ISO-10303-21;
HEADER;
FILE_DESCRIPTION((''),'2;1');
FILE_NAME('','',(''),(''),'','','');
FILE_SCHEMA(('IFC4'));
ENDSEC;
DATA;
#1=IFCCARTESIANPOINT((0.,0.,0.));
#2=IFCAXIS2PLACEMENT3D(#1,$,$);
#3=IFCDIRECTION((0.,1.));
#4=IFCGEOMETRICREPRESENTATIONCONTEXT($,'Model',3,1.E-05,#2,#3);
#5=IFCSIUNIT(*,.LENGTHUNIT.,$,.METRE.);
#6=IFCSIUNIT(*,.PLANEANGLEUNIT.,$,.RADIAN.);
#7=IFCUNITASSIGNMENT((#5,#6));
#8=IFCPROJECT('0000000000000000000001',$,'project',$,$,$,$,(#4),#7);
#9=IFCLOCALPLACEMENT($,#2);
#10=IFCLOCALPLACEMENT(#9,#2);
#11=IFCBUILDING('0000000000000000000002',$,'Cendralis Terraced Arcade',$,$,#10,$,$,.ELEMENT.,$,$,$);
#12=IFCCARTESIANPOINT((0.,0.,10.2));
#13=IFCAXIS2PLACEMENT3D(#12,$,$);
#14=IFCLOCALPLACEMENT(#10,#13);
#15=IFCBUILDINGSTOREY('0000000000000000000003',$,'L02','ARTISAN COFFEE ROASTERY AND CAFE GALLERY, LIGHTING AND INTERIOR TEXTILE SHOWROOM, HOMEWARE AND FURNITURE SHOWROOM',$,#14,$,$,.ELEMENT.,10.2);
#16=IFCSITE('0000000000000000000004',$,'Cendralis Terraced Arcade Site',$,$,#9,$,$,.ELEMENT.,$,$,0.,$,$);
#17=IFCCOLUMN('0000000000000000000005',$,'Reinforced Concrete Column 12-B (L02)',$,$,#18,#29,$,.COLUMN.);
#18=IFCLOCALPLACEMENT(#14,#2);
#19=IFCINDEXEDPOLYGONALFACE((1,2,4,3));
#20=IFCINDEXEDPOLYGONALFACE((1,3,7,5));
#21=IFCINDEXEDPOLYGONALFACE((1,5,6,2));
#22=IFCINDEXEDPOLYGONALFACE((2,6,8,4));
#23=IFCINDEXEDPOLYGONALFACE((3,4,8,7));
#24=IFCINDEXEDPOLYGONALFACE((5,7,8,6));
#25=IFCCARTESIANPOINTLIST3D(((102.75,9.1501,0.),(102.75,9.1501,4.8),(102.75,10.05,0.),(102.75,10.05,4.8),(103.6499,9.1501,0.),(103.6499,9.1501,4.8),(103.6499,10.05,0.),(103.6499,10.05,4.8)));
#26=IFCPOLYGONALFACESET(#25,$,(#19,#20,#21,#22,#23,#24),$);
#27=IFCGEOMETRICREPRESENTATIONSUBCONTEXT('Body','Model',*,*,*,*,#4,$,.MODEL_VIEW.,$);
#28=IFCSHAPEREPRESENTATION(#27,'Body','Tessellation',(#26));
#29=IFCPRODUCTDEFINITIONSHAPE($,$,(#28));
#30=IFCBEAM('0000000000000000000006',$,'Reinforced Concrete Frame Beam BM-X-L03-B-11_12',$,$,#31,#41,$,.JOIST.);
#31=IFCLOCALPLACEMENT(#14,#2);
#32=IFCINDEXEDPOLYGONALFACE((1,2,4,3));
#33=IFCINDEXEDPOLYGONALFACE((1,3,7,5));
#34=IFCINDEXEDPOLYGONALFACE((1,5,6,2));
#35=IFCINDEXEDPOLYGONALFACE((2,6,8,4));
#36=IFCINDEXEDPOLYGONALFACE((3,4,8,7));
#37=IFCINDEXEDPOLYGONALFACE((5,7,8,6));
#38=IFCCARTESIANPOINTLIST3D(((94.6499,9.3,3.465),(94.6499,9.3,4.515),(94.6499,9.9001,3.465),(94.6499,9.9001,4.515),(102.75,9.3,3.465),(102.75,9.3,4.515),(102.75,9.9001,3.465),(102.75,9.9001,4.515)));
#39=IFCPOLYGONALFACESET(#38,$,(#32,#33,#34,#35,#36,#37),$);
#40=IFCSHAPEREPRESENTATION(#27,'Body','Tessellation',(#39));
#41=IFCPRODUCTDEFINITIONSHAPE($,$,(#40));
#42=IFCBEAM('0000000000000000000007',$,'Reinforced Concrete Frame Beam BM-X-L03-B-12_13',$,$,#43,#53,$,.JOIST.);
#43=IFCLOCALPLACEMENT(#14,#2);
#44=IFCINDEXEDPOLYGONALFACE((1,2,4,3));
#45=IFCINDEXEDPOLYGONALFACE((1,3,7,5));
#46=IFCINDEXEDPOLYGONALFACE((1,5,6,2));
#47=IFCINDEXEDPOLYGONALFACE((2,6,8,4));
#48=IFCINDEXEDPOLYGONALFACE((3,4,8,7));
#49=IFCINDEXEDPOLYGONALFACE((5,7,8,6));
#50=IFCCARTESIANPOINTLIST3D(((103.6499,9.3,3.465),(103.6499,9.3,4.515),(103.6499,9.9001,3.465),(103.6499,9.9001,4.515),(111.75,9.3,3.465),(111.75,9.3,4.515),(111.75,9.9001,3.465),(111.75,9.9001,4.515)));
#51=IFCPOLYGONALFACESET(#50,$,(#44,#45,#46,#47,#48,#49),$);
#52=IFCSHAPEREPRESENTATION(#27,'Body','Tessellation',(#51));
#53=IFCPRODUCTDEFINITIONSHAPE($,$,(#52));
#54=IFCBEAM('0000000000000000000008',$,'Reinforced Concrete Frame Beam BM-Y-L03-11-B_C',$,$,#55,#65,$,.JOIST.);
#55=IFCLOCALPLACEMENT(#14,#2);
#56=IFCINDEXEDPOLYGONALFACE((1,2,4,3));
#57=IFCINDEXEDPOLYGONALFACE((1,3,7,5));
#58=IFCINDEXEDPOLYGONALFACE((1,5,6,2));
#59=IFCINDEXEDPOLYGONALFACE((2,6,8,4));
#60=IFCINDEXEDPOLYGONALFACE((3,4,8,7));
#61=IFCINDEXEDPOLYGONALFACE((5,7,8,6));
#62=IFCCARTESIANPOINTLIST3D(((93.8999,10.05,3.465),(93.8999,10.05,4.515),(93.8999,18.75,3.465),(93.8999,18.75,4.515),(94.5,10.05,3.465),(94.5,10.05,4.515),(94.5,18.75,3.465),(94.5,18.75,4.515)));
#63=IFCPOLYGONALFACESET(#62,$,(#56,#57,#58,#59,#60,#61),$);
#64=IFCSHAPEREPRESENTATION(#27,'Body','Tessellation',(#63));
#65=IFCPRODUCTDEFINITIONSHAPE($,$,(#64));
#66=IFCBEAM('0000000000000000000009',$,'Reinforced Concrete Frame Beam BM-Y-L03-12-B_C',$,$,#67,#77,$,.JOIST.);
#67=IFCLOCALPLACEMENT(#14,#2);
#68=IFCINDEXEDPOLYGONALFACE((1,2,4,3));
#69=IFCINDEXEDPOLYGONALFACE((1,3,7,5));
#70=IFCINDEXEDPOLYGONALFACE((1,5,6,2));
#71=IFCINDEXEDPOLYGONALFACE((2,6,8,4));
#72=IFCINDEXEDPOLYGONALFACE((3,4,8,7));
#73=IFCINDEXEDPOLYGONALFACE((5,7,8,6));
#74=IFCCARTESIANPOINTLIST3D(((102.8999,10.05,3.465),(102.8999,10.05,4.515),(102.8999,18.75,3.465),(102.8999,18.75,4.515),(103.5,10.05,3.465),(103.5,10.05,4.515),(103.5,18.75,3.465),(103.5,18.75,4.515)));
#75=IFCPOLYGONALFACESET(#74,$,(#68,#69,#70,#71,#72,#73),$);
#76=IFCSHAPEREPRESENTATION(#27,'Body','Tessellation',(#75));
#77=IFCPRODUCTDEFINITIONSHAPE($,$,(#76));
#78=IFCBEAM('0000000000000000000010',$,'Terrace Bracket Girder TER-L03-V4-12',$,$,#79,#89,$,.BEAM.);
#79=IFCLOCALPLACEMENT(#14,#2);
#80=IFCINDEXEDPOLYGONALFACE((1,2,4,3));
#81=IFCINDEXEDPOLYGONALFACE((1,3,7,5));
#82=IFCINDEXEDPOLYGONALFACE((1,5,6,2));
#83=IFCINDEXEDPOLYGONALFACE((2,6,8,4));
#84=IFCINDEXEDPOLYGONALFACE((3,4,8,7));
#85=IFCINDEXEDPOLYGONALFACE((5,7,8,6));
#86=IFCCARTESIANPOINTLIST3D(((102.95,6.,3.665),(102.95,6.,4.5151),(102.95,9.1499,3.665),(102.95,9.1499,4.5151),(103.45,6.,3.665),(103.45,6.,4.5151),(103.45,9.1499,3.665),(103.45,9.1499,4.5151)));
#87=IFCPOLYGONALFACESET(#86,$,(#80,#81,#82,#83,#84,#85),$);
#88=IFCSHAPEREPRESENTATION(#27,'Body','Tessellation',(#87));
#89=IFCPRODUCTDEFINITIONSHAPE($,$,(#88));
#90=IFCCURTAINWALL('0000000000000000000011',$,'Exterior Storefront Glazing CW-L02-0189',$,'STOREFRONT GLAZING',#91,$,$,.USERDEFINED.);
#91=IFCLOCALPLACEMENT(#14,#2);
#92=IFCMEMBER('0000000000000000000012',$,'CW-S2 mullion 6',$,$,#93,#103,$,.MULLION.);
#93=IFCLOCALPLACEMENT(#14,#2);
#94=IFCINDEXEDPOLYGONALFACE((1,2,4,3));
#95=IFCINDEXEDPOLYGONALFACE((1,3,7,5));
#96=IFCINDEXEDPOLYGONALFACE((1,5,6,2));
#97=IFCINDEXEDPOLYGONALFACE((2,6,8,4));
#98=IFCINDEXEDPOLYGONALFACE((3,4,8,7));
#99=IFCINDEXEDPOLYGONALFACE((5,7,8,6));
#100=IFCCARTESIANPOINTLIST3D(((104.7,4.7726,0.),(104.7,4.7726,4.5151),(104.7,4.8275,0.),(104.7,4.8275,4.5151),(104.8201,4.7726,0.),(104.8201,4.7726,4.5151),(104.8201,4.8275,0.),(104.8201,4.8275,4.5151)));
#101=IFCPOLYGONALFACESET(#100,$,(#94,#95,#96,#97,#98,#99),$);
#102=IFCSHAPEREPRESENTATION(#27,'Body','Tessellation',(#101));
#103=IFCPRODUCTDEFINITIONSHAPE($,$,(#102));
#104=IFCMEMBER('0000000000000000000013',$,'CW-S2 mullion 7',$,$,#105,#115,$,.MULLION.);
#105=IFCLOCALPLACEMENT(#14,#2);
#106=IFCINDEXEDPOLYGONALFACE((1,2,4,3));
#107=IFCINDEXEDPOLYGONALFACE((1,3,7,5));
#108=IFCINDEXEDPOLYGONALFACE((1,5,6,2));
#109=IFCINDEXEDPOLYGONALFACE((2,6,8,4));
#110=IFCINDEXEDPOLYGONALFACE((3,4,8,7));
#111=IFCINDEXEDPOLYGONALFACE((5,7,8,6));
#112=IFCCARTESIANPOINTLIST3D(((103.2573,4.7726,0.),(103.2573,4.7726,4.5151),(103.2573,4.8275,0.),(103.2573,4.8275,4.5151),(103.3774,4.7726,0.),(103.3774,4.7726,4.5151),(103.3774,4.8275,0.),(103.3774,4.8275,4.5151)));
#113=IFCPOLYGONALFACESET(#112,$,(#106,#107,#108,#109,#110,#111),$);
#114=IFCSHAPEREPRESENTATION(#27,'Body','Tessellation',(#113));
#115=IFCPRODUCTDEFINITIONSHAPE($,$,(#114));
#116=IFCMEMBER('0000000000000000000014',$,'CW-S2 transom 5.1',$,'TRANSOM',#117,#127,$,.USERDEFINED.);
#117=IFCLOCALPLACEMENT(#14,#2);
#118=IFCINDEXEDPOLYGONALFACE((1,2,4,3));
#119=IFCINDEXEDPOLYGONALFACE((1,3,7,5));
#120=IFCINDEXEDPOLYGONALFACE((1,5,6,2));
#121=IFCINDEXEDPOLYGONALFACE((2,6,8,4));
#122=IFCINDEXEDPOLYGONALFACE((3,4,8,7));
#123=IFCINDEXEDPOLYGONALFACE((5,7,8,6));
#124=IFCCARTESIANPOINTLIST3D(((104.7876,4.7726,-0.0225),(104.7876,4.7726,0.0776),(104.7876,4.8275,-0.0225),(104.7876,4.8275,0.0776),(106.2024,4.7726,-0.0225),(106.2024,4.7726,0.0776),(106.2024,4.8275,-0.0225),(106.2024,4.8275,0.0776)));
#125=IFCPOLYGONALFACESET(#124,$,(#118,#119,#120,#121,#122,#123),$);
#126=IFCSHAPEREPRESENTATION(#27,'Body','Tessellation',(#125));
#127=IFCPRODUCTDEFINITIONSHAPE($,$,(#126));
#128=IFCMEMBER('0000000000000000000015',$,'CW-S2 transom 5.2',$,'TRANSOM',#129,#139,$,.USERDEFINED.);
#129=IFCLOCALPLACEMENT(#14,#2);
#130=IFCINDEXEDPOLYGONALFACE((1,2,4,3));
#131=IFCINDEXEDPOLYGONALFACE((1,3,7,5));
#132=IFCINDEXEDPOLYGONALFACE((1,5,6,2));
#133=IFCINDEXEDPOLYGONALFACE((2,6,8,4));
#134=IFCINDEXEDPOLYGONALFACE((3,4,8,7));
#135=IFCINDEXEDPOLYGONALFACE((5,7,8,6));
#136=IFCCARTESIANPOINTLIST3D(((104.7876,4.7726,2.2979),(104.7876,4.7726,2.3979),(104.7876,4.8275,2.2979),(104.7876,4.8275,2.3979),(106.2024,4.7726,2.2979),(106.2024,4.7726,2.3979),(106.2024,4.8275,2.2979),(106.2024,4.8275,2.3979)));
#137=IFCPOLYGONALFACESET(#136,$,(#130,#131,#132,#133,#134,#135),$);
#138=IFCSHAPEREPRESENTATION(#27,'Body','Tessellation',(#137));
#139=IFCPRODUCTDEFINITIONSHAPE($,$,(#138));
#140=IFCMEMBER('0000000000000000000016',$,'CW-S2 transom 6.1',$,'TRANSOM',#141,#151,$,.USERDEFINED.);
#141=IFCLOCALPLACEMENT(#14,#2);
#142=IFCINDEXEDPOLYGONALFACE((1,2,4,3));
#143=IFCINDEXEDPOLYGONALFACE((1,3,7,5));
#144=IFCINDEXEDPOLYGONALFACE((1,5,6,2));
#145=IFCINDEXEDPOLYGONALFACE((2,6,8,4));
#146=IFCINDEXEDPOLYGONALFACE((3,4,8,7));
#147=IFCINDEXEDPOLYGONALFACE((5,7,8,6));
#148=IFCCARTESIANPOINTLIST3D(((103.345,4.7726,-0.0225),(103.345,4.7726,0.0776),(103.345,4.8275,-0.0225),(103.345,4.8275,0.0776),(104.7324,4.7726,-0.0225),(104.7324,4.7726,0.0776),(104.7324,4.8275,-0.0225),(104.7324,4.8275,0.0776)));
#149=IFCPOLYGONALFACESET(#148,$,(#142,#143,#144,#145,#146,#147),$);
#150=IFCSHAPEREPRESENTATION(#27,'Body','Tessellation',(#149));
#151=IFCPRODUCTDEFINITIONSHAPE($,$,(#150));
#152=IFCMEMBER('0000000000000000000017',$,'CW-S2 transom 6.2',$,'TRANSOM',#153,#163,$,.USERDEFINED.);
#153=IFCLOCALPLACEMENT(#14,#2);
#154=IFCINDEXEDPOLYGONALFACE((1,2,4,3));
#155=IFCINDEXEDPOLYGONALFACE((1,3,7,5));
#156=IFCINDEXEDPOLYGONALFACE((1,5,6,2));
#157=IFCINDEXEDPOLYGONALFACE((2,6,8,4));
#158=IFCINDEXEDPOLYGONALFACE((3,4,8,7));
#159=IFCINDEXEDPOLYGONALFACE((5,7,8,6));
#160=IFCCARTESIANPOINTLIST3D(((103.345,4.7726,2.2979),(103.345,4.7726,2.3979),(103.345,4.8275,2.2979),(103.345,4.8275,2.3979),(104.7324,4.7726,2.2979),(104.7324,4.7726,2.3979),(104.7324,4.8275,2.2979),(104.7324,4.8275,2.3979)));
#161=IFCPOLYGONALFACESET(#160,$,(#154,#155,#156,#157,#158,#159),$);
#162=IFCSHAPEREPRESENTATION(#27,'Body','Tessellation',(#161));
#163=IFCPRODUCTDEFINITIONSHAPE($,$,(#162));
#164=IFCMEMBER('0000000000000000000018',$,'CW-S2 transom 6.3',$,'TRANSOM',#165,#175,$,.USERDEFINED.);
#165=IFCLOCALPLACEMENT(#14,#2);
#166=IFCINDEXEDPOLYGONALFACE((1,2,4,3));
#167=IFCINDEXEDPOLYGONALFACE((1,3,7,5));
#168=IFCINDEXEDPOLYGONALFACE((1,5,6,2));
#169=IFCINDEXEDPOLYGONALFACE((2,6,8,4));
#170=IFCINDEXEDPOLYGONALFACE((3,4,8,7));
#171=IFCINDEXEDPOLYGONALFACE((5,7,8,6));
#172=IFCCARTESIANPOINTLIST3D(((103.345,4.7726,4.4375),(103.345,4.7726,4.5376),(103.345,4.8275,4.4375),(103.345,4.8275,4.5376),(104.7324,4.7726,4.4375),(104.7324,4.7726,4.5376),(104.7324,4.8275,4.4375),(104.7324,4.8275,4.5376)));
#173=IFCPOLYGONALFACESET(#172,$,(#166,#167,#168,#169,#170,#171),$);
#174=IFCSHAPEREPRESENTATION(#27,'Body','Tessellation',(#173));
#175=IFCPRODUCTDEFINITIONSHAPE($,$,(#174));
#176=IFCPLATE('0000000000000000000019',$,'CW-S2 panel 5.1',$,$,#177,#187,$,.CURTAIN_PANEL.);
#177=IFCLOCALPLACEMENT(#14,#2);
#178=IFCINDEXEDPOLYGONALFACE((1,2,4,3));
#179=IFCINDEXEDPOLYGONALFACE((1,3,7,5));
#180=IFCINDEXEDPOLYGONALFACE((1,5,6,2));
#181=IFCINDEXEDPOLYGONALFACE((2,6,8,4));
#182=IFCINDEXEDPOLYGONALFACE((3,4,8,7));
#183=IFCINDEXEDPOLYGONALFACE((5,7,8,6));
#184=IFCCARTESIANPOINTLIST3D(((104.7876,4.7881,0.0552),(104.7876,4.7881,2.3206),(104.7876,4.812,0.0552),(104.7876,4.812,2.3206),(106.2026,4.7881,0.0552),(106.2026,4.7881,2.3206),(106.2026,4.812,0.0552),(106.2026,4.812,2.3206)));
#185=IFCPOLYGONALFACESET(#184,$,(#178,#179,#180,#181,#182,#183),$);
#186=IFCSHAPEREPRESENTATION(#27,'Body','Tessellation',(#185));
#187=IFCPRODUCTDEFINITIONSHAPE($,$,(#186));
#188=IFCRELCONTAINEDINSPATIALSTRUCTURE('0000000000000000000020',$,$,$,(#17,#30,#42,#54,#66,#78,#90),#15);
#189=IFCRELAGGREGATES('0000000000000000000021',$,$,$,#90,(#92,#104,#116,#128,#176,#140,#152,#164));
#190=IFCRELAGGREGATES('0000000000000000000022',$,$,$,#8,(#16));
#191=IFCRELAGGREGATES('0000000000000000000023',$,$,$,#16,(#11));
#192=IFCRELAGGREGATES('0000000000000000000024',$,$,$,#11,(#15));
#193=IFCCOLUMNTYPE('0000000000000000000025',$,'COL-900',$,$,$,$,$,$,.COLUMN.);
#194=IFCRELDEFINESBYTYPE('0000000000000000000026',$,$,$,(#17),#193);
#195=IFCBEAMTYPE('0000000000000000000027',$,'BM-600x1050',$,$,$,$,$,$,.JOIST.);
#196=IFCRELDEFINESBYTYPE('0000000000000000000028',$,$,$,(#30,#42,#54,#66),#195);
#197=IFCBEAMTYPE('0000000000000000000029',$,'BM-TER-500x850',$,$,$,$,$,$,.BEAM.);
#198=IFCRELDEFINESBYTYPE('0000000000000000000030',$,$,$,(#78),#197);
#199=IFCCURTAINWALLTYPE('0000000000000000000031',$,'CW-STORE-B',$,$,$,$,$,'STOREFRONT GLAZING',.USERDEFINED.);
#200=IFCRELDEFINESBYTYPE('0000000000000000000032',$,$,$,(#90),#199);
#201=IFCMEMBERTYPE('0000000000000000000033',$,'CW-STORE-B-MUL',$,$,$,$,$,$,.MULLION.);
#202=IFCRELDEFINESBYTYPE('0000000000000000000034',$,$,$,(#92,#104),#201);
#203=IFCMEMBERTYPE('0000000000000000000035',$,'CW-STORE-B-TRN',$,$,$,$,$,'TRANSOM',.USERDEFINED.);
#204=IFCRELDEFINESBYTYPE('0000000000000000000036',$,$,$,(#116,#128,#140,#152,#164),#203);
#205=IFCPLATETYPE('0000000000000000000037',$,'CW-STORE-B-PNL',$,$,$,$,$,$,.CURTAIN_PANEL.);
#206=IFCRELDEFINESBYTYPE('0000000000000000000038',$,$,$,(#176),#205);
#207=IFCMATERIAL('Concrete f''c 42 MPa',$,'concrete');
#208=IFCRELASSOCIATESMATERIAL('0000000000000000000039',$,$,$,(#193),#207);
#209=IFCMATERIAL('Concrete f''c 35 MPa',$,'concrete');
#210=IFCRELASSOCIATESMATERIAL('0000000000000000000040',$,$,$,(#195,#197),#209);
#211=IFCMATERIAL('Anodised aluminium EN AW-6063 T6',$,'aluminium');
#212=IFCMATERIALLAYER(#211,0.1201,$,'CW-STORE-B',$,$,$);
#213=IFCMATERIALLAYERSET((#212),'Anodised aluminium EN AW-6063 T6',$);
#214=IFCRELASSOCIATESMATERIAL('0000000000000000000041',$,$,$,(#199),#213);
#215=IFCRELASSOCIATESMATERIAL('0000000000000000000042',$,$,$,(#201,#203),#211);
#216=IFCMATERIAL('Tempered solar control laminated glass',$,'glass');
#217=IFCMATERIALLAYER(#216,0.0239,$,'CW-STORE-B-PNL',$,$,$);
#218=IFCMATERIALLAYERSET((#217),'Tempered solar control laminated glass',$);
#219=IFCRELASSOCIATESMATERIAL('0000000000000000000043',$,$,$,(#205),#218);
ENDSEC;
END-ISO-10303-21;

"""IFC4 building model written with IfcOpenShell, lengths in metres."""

from ifc_helpers import new_model, si_unit, direction, frame, origin, origin_2d, place, context, subcontext, project, spatial, rectangle, extrude, material, layer, layer_set, material_profile, profile_set, type_object, element, aggregate, save


model = new_model("IFC4")

# Units and contexts
model_context = context("Model", 3, precision=1e-05, world=origin(), true_north=direction((0.0, 1.0)))
body_context = subcontext(model_context, "Body", "Model", "MODEL_VIEW")
ifc_project = project(units=[si_unit("LENGTHUNIT", "METRE"), si_unit("PLANEANGLEUNIT", "RADIAN")], contexts=[model_context])

# Site, building, storey
site_placement = place(None, origin())
site = spatial("IfcSite", under=ifc_project, at=site_placement, Name="Cendralis Terraced Arcade Site", CompositionType="ELEMENT", RefElevation=0.0)
building_placement = place(site_placement, origin())
building = spatial("IfcBuilding", under=site, at=building_placement, Name="Cendralis Terraced Arcade", CompositionType="ELEMENT")
storey_placement = place(building_placement, frame((0.0, 0.0, 10.2)))
storey = spatial("IfcBuildingStorey", under=building, at=storey_placement, Name="L02", Description="ARTISAN COFFEE ROASTERY AND CAFE GALLERY, LIGHTING AND INTERIOR TEXTILE SHOWROOM, HOMEWARE AND FURNITURE SHOWROOM", CompositionType="ELEMENT", Elevation=10.2)

# Column
ifc_material_1 = material(Name="Concrete f'c 42 MPa", Category="concrete")
ifc_material_profile_1 = material_profile(ifc_material_1, rectangle(XDim=0.8999, YDim=0.8999, at=origin_2d()), Name="RC-COL-900x900", Category="LoadBearing")
ifc_profile_set_1 = profile_set([ifc_material_profile_1], Name="Concrete f'c 42 MPa")
column_type = type_object("IfcColumnType", Name="COL-900", PredefinedType="COLUMN", material=ifc_profile_set_1)
column_placement = place(storey_placement, frame((103.2, 9.6001, 0.0), z_axis=(0.0, 0.0, 1.0), x_axis=(1.0, 0.0, 0.0)))
element("IfcColumn", 1, at=column_placement, inside=storey, type_object=column_type, Name="Reinforced Concrete Column 12-B (L02)", PredefinedType="COLUMN", context=body_context, shape_type="SweptSolid", body=[
    extrude(rectangle(XDim=0.8999, YDim=0.8999, at=origin_2d()), origin(), (0.0, 0.0, 1.0), 4.8),
])

# Beams
ifc_material_2 = material(Name="Concrete f'c 35 MPa", Category="concrete")
ifc_material_profile_2 = material_profile(ifc_material_2, rectangle(XDim=0.6001, YDim=1.05, at=origin_2d()), Name="RC-BM-600x1050", Category="LoadBearing")
ifc_profile_set_2 = profile_set([ifc_material_profile_2], Name="Concrete f'c 35 MPa")
beam_type_1 = type_object("IfcBeamType", Name="BM-600x1050", PredefinedType="JOIST", material=ifc_profile_set_2)
for number, where, z_axis, x_axis, name in (
    (2, (94.6499, 9.6001, 3.99), (1.0, 0.0, 0.0), (0.0, 1.0, 0.0), "Reinforced Concrete Frame Beam BM-X-L03-B-11_12"),
    (3, (103.6499, 9.6001, 3.99), (1.0, 0.0, 0.0), (0.0, 1.0, 0.0), "Reinforced Concrete Frame Beam BM-X-L03-B-12_13"),
):
    element("IfcBeam", number, at=place(storey_placement, frame(where, z_axis=z_axis, x_axis=x_axis)), inside=storey, type_object=beam_type_1, Name=name, PredefinedType="JOIST", context=body_context, shape_type="SweptSolid", body=[
        extrude(rectangle(XDim=0.6001, YDim=1.05, at=origin_2d()), origin(), (0.0, 0.0, 1.0), 8.1001),
    ])
for number, where, z_axis, x_axis, name in (
    (4, (94.2, 10.05, 3.99), (0.0, 1.0, 0.0), (-1.0, 0.0, 0.0), "Reinforced Concrete Frame Beam BM-Y-L03-11-B_C"),
    (5, (103.2, 10.05, 3.99), (0.0, 1.0, 0.0), (-1.0, 0.0, 0.0), "Reinforced Concrete Frame Beam BM-Y-L03-12-B_C"),
):
    element("IfcBeam", number, at=place(storey_placement, frame(where, z_axis=z_axis, x_axis=x_axis)), inside=storey, type_object=beam_type_1, Name=name, PredefinedType="JOIST", context=body_context, shape_type="SweptSolid", body=[
        extrude(rectangle(XDim=0.6001, YDim=1.05, at=origin_2d()), origin(), (0.0, 0.0, 1.0), 8.7),
    ])
ifc_material_profile_3 = material_profile(ifc_material_2, rectangle(XDim=0.5, YDim=0.8501, at=origin_2d()), Name="RC-BM-500x850", Category="LoadBearing")
ifc_profile_set_3 = profile_set([ifc_material_profile_3], Name="Concrete f'c 35 MPa")
beam_type_2 = type_object("IfcBeamType", Name="BM-TER-500x850", PredefinedType="BEAM", material=ifc_profile_set_3)
beam_placement = place(storey_placement, frame((103.2, 9.1499, 4.0901), z_axis=(0.0, -1.0, 0.0), x_axis=(1.0, 0.0, 0.0)))
element("IfcBeam", 6, at=beam_placement, inside=storey, type_object=beam_type_2, Name="Terrace Bracket Girder TER-L03-V4-12", PredefinedType="BEAM", context=body_context, shape_type="SweptSolid", body=[
    extrude(rectangle(XDim=0.5, YDim=0.8501, at=origin_2d()), origin(), (0.0, 0.0, 1.0), 3.1499),
])

# Curtain wall, members, plate
ifc_material_3 = material(Name="Anodised aluminium EN AW-6063 T6", Category="aluminium")
ifc_layer_1 = layer(ifc_material_3, 0.1201, Name="CW-STORE-B")
ifc_layer_set_1 = layer_set([ifc_layer_1], Name="Anodised aluminium EN AW-6063 T6")
curtain_wall_type = type_object("IfcCurtainWallType", Name="CW-STORE-B", ElementType="STOREFRONT GLAZING", PredefinedType="USERDEFINED", material=ifc_layer_set_1)
curtain_wall_placement = place(storey_placement, origin())
curtain_wall = element("IfcCurtainWall", 7, at=curtain_wall_placement, inside=storey, type_object=curtain_wall_type, Name="Exterior Storefront Glazing CW-L02-0189", ObjectType="STOREFRONT GLAZING", PredefinedType="USERDEFINED")
ifc_material_profile_4 = material_profile(ifc_material_3, rectangle(XDim=0.0549, YDim=0.1201, at=origin_2d()), Name="ALU-MUL-55x120")
ifc_profile_set_4 = profile_set([ifc_material_profile_4], Name="Anodised aluminium EN AW-6063 T6")
member_type_1 = type_object("IfcMemberType", Name="CW-STORE-B-MUL", PredefinedType="MULLION", material=ifc_profile_set_4)
member_1_placement = place(storey_placement, frame((104.76, 4.8, 0.0), z_axis=(0.0, 0.0, 1.0), x_axis=(0.0, -1.0, 0.0)))
member_1 = element("IfcMember", 8, at=member_1_placement, type_object=member_type_1, Name="CW-S2 mullion 6", PredefinedType="MULLION", context=body_context, shape_type="SweptSolid", body=[
    extrude(rectangle(XDim=0.0549, YDim=0.1201, at=origin_2d()), origin(), (0.0, 0.0, 1.0), 4.5151),
])
member_2_placement = place(storey_placement, frame((103.3174, 4.8, 0.0), z_axis=(0.0, 0.0, 1.0), x_axis=(0.0, -1.0, 0.0)))
member_2 = element("IfcMember", 9, at=member_2_placement, type_object=member_type_1, Name="CW-S2 mullion 7", PredefinedType="MULLION", context=body_context, shape_type="SweptSolid", body=[
    extrude(rectangle(XDim=0.0549, YDim=0.1201, at=origin_2d()), origin(), (0.0, 0.0, 1.0), 4.5151),
])
ifc_material_profile_5 = material_profile(ifc_material_3, rectangle(XDim=0.0549, YDim=0.1001, at=origin_2d()), Name="ALU-TRN-55x100")
ifc_profile_set_5 = profile_set([ifc_material_profile_5], Name="Anodised aluminium EN AW-6063 T6")
member_type_2 = type_object("IfcMemberType", Name="CW-STORE-B-TRN", ElementType="TRANSOM", PredefinedType="USERDEFINED", material=ifc_profile_set_5)
member_3_placement = place(storey_placement, frame((106.2024, 4.8, 0.0276), z_axis=(-1.0, 0.0, 0.0), x_axis=(0.0, -1.0, 0.0)))
member_3 = element("IfcMember", 10, at=member_3_placement, type_object=member_type_2, Name="CW-S2 transom 5.1", ObjectType="TRANSOM", PredefinedType="USERDEFINED", context=body_context, shape_type="SweptSolid", body=[
    extrude(rectangle(XDim=0.0549, YDim=0.1001, at=origin_2d()), origin(), (0.0, 0.0, 1.0), 1.4148),
])
member_4_placement = place(storey_placement, frame((106.2024, 4.8, 2.3479), z_axis=(-1.0, 0.0, 0.0), x_axis=(0.0, -1.0, 0.0)))
member_4 = element("IfcMember", 11, at=member_4_placement, type_object=member_type_2, Name="CW-S2 transom 5.2", ObjectType="TRANSOM", PredefinedType="USERDEFINED", context=body_context, shape_type="SweptSolid", body=[
    extrude(rectangle(XDim=0.0549, YDim=0.1001, at=origin_2d()), origin(), (0.0, 0.0, 1.0), 1.4148),
])
member_5_placement = place(storey_placement, frame((104.7324, 4.8, 0.0276), z_axis=(-1.0, 0.0, 0.0), x_axis=(0.0, -1.0, 0.0)))
member_5 = element("IfcMember", 12, at=member_5_placement, type_object=member_type_2, Name="CW-S2 transom 6.1", ObjectType="TRANSOM", PredefinedType="USERDEFINED", context=body_context, shape_type="SweptSolid", body=[
    extrude(rectangle(XDim=0.0549, YDim=0.1001, at=origin_2d()), origin(), (0.0, 0.0, 1.0), 1.3875),
])
member_6_placement = place(storey_placement, frame((104.7324, 4.8, 2.3479), z_axis=(-1.0, 0.0, 0.0), x_axis=(0.0, -1.0, 0.0)))
member_6 = element("IfcMember", 13, at=member_6_placement, type_object=member_type_2, Name="CW-S2 transom 6.2", ObjectType="TRANSOM", PredefinedType="USERDEFINED", context=body_context, shape_type="SweptSolid", body=[
    extrude(rectangle(XDim=0.0549, YDim=0.1001, at=origin_2d()), origin(), (0.0, 0.0, 1.0), 1.3875),
])
member_7_placement = place(storey_placement, frame((104.7324, 4.8, 4.4875), z_axis=(-1.0, 0.0, 0.0), x_axis=(0.0, -1.0, 0.0)))
member_7 = element("IfcMember", 14, at=member_7_placement, type_object=member_type_2, Name="CW-S2 transom 6.3", ObjectType="TRANSOM", PredefinedType="USERDEFINED", context=body_context, shape_type="SweptSolid", body=[
    extrude(rectangle(XDim=0.0549, YDim=0.1001, at=origin_2d()), origin(), (0.0, 0.0, 1.0), 1.3875),
])
ifc_material_4 = material(Name="Tempered solar control laminated glass", Category="glass")
ifc_layer_2 = layer(ifc_material_4, 0.0239, Name="CW-STORE-B-PNL")
ifc_layer_set_2 = layer_set([ifc_layer_2], Name="Tempered solar control laminated glass")
plate_type = type_object("IfcPlateType", Name="CW-STORE-B-PNL", PredefinedType="CURTAIN_PANEL", material=ifc_layer_set_2)
plate_1_placement = place(storey_placement, frame((105.4951, 4.8, 0.0552), z_axis=(0.0, 0.0, 1.0), x_axis=(-1.0, 0.0, 0.0)))
plate_1 = element("IfcPlate", 15, at=plate_1_placement, type_object=plate_type, Name="CW-S2 panel 5.1", PredefinedType="CURTAIN_PANEL", context=body_context, shape_type="SweptSolid", body=[
    extrude(rectangle(XDim=1.415, YDim=0.0239, at=origin_2d()), origin(), (0.0, 0.0, 1.0), 2.2654),
])
aggregate(curtain_wall, [member_1, member_2, member_3, member_4, plate_1, member_5, member_6, member_7])

save(model, "model.ifc")
